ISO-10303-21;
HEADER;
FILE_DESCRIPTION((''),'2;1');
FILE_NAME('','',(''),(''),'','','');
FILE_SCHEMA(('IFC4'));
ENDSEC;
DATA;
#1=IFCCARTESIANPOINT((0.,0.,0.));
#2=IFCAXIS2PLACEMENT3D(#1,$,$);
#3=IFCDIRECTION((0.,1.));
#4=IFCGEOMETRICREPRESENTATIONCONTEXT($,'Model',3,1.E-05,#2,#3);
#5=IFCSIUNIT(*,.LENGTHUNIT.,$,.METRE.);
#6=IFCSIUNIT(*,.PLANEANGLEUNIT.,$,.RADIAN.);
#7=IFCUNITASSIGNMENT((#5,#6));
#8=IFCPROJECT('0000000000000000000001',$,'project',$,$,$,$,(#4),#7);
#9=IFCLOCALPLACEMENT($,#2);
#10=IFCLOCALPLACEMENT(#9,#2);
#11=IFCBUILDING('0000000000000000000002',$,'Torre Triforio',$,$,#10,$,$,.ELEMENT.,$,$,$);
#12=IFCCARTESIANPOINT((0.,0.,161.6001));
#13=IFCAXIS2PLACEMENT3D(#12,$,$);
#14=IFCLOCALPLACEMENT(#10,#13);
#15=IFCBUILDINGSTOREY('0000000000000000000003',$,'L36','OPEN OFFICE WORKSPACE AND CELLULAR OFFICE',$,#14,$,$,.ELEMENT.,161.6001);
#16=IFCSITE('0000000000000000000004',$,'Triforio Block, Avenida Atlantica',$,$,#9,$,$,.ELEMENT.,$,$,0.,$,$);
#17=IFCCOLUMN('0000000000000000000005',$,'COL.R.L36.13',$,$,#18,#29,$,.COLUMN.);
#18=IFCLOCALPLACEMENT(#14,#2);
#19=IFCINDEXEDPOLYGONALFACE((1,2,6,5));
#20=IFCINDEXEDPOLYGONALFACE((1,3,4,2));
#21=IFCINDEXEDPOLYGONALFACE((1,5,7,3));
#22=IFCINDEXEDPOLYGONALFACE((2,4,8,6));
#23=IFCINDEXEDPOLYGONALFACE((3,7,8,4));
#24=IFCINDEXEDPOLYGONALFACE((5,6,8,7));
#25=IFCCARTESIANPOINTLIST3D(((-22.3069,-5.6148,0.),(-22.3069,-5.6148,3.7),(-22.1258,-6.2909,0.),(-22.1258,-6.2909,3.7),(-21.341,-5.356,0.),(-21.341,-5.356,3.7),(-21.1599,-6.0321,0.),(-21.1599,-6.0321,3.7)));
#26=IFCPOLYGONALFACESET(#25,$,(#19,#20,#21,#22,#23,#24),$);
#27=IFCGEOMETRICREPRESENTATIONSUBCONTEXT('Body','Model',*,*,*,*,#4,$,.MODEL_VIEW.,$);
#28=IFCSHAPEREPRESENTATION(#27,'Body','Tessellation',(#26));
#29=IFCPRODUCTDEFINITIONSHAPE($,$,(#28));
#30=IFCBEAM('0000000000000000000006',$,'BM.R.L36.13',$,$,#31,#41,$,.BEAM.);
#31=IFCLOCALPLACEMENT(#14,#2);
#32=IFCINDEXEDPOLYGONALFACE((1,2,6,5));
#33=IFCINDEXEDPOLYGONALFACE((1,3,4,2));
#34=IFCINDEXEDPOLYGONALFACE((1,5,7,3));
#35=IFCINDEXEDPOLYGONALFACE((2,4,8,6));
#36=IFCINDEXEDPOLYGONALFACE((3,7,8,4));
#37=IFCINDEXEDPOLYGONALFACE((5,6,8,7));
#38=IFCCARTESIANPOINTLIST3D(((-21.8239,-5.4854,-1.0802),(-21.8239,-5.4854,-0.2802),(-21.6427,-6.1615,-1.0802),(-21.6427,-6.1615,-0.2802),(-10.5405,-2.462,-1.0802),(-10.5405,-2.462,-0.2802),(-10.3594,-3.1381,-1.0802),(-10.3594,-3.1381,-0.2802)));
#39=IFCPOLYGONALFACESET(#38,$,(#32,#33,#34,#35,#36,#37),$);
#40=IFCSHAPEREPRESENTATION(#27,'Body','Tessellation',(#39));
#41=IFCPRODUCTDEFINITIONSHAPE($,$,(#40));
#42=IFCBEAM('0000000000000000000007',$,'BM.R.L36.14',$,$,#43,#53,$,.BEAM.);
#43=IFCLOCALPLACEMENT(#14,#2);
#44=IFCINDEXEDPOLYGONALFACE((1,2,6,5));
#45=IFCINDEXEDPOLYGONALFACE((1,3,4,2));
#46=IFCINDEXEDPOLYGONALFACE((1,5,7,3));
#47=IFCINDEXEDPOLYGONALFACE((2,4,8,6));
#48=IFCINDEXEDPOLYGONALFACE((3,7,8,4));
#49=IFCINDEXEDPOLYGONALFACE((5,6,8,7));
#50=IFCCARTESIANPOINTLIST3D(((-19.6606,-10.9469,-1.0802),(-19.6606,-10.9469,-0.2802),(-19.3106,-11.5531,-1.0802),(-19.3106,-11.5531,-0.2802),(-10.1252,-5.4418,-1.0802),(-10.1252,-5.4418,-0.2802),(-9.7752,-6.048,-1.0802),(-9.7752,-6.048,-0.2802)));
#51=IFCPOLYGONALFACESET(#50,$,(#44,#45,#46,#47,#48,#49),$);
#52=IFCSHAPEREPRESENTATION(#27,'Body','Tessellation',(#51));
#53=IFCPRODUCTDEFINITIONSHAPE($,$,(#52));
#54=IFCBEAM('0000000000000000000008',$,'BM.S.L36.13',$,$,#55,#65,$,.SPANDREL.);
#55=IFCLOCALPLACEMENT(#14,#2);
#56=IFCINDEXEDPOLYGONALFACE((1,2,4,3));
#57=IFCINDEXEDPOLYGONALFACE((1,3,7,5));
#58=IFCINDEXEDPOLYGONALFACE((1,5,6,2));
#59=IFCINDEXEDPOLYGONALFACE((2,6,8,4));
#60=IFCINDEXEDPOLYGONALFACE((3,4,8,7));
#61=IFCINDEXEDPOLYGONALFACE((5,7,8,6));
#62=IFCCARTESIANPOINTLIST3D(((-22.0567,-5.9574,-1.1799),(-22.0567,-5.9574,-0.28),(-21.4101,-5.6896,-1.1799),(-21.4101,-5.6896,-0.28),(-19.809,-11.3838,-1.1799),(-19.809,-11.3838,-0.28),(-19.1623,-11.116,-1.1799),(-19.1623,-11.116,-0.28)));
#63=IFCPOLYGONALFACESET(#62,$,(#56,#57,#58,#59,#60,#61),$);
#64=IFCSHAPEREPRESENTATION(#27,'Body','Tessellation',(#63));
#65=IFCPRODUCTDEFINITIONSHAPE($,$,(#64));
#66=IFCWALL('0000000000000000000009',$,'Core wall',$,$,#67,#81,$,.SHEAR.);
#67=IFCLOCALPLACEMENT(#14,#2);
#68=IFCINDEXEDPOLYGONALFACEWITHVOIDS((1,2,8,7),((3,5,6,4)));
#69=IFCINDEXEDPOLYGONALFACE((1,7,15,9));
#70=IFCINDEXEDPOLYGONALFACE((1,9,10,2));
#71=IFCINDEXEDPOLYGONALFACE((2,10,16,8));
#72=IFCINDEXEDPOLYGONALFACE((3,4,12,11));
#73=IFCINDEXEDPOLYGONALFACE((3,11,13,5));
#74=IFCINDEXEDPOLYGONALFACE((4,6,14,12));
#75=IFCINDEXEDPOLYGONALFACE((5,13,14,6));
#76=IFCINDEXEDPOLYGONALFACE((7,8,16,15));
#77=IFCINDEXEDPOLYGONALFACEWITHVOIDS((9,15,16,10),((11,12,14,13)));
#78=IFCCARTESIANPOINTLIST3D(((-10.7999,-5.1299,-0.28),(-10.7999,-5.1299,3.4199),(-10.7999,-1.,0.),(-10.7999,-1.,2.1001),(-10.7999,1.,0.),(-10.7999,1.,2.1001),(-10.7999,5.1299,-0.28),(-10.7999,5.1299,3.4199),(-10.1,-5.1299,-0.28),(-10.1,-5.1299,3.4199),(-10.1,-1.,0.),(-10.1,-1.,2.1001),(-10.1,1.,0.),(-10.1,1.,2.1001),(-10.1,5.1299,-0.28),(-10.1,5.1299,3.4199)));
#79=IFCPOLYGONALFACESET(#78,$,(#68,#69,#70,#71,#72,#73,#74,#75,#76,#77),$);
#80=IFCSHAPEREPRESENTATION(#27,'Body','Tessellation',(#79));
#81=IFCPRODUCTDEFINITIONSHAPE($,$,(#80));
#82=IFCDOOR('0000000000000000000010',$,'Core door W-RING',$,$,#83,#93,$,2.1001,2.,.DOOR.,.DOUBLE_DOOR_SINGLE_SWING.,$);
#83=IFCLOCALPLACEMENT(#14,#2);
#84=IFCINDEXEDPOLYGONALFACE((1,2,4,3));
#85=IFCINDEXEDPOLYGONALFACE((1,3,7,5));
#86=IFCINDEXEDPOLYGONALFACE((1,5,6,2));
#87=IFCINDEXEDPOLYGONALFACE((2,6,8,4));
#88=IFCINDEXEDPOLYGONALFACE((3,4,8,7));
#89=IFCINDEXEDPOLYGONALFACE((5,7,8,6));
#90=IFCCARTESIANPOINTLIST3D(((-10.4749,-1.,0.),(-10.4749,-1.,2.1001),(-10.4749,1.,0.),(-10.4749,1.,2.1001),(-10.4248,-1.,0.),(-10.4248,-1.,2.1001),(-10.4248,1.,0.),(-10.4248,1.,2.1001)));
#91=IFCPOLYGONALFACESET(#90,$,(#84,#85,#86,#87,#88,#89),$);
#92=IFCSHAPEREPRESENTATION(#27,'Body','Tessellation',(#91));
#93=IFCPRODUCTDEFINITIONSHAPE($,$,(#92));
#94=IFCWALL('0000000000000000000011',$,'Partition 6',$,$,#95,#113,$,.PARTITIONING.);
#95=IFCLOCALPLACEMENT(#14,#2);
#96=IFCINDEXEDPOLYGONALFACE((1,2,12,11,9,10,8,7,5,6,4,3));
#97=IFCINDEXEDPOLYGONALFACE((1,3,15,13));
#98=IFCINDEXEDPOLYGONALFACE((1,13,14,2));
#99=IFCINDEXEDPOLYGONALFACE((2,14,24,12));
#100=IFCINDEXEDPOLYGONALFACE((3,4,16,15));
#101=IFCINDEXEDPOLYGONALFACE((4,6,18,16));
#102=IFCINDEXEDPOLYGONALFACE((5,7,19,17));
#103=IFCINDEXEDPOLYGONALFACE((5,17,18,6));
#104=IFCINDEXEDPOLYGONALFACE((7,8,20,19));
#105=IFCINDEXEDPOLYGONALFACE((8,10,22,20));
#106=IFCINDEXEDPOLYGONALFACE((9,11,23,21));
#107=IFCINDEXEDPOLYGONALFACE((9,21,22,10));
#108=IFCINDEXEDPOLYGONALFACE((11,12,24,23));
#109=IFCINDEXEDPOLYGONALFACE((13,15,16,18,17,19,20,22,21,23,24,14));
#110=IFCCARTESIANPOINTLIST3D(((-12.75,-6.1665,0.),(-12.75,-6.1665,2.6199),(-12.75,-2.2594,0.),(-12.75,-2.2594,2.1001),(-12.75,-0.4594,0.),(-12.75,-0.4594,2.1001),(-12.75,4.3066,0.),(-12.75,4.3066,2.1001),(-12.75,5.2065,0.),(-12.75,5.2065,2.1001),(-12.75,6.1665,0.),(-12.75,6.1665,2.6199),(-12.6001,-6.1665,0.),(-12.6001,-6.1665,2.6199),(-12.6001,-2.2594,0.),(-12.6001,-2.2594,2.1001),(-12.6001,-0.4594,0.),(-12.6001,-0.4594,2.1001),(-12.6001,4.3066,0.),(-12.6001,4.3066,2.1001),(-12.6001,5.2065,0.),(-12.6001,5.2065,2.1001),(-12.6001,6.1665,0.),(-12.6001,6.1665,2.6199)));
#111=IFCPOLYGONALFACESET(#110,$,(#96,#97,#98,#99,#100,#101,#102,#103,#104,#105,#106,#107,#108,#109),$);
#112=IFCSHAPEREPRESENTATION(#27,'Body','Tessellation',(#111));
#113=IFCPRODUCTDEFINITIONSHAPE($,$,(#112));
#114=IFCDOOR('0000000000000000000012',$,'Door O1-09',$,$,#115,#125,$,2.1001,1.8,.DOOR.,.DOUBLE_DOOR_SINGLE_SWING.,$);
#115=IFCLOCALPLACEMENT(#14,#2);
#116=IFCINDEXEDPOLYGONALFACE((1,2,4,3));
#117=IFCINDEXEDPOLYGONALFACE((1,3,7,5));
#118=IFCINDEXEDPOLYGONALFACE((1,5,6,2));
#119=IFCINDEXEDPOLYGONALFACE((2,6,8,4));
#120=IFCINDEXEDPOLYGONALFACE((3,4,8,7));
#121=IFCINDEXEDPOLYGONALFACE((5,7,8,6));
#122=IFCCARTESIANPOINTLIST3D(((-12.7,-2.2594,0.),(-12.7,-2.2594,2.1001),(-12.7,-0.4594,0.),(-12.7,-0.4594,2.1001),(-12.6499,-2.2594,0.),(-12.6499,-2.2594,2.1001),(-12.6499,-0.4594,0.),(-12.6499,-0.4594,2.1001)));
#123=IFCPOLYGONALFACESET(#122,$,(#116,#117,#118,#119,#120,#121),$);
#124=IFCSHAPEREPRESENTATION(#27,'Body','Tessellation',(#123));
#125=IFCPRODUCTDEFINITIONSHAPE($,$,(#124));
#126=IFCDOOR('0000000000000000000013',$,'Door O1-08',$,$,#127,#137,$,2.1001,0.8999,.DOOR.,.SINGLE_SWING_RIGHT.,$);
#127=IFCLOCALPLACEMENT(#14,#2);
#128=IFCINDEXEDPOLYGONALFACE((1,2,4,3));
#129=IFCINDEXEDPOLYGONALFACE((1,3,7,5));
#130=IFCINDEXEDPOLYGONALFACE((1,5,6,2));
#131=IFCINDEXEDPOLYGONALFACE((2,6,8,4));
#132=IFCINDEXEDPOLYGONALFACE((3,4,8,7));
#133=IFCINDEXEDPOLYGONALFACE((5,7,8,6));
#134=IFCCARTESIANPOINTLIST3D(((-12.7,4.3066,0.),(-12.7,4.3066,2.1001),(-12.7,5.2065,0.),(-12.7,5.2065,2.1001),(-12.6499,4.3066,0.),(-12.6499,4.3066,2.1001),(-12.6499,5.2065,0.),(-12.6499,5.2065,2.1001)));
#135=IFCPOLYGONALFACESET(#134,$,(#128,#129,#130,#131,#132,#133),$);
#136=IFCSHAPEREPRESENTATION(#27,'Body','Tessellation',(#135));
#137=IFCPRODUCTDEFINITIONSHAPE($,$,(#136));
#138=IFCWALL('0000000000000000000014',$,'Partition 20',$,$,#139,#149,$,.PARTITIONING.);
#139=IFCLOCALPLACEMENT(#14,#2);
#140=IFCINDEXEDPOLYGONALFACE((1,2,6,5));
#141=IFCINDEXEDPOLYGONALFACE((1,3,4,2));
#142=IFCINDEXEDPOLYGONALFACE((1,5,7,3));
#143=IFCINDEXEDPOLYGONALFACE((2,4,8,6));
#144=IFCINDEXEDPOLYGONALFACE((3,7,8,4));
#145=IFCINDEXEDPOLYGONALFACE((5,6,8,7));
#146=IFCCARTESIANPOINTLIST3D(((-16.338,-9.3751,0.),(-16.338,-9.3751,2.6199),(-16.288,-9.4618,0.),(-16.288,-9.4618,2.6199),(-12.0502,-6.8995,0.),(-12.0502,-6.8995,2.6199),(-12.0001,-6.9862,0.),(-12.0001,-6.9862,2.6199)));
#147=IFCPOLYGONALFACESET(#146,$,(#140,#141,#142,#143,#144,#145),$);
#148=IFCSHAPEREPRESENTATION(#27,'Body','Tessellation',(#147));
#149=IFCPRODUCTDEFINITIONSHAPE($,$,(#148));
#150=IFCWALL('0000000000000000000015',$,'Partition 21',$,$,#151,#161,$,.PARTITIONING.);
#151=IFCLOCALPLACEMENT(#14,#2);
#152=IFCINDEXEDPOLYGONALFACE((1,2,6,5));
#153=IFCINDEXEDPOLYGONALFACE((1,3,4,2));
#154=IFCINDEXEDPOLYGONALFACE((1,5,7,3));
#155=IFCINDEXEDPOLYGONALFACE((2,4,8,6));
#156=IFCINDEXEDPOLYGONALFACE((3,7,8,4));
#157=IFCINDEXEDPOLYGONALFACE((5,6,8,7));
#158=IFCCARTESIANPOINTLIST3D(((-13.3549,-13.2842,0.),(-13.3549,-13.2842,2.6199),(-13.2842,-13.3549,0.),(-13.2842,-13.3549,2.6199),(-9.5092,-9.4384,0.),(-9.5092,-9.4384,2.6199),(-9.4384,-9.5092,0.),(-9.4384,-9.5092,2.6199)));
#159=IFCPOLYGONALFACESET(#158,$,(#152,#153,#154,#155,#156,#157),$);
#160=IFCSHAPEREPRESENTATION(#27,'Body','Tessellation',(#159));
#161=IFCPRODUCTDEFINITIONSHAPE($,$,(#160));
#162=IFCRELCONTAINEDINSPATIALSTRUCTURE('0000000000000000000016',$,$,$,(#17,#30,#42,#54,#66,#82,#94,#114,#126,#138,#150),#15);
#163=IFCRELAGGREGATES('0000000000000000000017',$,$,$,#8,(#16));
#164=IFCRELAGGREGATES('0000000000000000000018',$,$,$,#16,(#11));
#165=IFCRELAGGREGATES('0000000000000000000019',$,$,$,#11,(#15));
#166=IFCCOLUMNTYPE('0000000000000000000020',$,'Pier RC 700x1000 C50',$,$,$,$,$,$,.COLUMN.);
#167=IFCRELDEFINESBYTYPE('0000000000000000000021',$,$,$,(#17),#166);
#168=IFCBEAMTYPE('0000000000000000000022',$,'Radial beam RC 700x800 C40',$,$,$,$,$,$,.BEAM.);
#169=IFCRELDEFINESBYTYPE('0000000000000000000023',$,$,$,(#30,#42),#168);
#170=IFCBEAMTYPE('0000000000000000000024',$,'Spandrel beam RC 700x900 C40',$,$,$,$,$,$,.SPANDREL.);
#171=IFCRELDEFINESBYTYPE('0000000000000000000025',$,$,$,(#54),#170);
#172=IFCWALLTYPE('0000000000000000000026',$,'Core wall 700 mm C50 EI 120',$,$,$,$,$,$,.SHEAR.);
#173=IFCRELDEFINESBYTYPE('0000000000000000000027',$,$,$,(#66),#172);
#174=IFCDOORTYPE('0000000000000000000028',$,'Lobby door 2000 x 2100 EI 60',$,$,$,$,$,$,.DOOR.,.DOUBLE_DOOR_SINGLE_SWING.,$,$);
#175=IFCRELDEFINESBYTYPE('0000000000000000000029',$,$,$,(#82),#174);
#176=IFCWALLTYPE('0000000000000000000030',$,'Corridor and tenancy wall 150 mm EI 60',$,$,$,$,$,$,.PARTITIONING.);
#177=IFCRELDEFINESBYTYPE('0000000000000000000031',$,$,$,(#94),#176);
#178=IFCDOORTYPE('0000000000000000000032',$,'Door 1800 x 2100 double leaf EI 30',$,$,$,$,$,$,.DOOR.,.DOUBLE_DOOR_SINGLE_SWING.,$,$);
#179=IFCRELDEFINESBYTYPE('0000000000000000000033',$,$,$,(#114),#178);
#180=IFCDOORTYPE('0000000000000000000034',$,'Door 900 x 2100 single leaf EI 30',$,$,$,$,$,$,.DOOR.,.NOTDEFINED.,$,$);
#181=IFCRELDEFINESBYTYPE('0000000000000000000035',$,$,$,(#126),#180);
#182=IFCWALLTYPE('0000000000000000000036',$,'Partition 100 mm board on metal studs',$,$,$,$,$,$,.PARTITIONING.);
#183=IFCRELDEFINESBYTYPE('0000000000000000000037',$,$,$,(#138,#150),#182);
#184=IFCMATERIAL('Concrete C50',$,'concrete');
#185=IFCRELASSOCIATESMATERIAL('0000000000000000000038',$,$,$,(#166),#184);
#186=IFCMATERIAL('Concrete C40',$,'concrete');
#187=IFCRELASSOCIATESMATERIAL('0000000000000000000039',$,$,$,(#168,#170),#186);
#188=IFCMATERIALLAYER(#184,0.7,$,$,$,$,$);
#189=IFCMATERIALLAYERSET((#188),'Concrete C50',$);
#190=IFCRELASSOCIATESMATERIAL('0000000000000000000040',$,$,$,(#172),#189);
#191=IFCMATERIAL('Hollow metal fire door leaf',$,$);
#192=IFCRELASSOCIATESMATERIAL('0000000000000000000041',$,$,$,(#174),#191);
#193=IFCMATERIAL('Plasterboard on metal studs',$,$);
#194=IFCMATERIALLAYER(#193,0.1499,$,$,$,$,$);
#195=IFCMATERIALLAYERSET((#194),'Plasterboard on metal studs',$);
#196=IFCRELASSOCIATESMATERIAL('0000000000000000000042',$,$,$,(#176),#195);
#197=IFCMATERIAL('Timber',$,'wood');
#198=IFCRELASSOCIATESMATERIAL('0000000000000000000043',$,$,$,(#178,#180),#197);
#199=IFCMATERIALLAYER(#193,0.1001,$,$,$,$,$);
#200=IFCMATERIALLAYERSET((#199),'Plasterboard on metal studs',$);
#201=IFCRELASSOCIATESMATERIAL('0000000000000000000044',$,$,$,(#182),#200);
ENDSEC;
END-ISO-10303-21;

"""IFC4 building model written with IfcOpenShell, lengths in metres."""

from ifc_helpers import new_model, si_unit, direction, frame, frame_2d, origin, origin_2d, place, context, subcontext, project, spatial, rectangle, extrude, material, layer, layer_set, material_profile, profile_set, type_object, element, fill, save


model = new_model("IFC4")

# Units and contexts
model_context = context("Model", 3, precision=1e-05, world=origin(), true_north=direction((0.0, 1.0)))
body_context = subcontext(model_context, "Body", "Model", "MODEL_VIEW")
ifc_project = project(units=[si_unit("LENGTHUNIT", "METRE"), si_unit("PLANEANGLEUNIT", "RADIAN")], contexts=[model_context])

# Site, building, storey
site_placement = place(None, origin())
site = spatial("IfcSite", under=ifc_project, at=site_placement, Name="Triforio Block, Avenida Atlantica", CompositionType="ELEMENT", RefElevation=0.0)
building_placement = place(site_placement, origin())
building = spatial("IfcBuilding", under=site, at=building_placement, Name="Torre Triforio", CompositionType="ELEMENT")
storey_placement = place(building_placement, frame((0.0, 0.0, 161.6001)))
storey = spatial("IfcBuildingStorey", under=building, at=storey_placement, Name="L36", Description="OPEN OFFICE WORKSPACE AND CELLULAR OFFICE", CompositionType="ELEMENT", Elevation=161.6001)

# Column
ifc_material_1 = material(Name="Concrete C50", Category="concrete")
ifc_material_profile_1 = material_profile(ifc_material_1, rectangle(XDim=0.7, YDim=1.0, at=origin_2d()), Name="RC 700x1000")
ifc_profile_set_1 = profile_set([ifc_material_profile_1], Name="Concrete C50")
column_type = type_object("IfcColumnType", Name="Pier RC 700x1000 C50", PredefinedType="COLUMN", material=ifc_profile_set_1)
column_placement = place(storey_placement, frame((-21.7334, -5.8235, 0.0), z_axis=(0.0, 0.0, 1.0), x_axis=(0.258819, -0.965926, 0.0)))
element("IfcColumn", 1, at=column_placement, inside=storey, type_object=column_type, Name="COL.R.L36.13", PredefinedType="COLUMN", context=body_context, shape_type="SweptSolid", body=[
    extrude(rectangle(XDim=0.7, YDim=1.0, at=origin_2d()), origin(), (0.0, 0.0, 1.0), 3.7),
])

# Beams
ifc_material_2 = material(Name="Concrete C40", Category="concrete")
ifc_material_profile_2 = material_profile(ifc_material_2, rectangle(XDim=0.7, YDim=0.8, at=origin_2d()), Name="RC 700x800")
ifc_profile_set_2 = profile_set([ifc_material_profile_2], Name="Concrete C40")
beam_type_1 = type_object("IfcBeamType", Name="Radial beam RC 700x800 C40", PredefinedType="BEAM", material=ifc_profile_set_2)
beam_1_placement = place(storey_placement, frame((-10.45, -2.8, -0.6802), z_axis=(-0.965925, -0.258823, 0.0), x_axis=(0.258823, -0.965925, 0.0)))
element("IfcBeam", 2, at=beam_1_placement, inside=storey, type_object=beam_type_1, Name="BM.R.L36.13", PredefinedType="BEAM", context=body_context, shape_type="SweptSolid", body=[
    extrude(rectangle(XDim=0.7, YDim=0.8, at=origin_2d()), origin(), (0.0, 0.0, 1.0), 11.6814),
])
beam_2_placement = place(storey_placement, frame((-9.9502, -5.7449, -0.6802), z_axis=(-0.866031, -0.499991, 0.0), x_axis=(0.499991, -0.866031, 0.0)))
element("IfcBeam", 3, at=beam_2_placement, inside=storey, type_object=beam_type_1, Name="BM.R.L36.14", PredefinedType="BEAM", context=body_context, shape_type="SweptSolid", body=[
    extrude(rectangle(XDim=0.7, YDim=0.8, at=origin_2d()), origin(), (0.0, 0.0, 1.0), 11.0105),
])
ifc_material_profile_3 = material_profile(ifc_material_2, rectangle(XDim=0.7, YDim=0.8999, at=origin_2d()), Name="RC 700x900")
ifc_profile_set_3 = profile_set([ifc_material_profile_3], Name="Concrete C40")
beam_type_2 = type_object("IfcBeamType", Name="Spandrel beam RC 700x900 C40", PredefinedType="SPANDREL", material=ifc_profile_set_3)
beam_3_placement = place(storey_placement, frame((-21.7334, -5.8235, -0.73), z_axis=(0.382693, -0.923875, 0.0), x_axis=(0.923875, 0.382693, 0.0)))
element("IfcBeam", 4, at=beam_3_placement, inside=storey, type_object=beam_type_2, Name="BM.S.L36.13", PredefinedType="SPANDREL", context=body_context, shape_type="SweptSolid", body=[
    extrude(rectangle(XDim=0.7, YDim=0.8999, at=origin_2d()), origin(), (0.0, 0.0, 1.0), 5.8735),
])

# Wall, opening, door
ifc_layer_1 = layer(ifc_material_1, 0.7)
ifc_layer_set_1 = layer_set([ifc_layer_1], Name="Concrete C50")
wall_type_1 = type_object("IfcWallType", Name="Core wall 700 mm C50 EI 120", PredefinedType="SHEAR", material=ifc_layer_set_1)
wall_1_placement = place(storey_placement, frame((-10.45, -5.1299, -0.28), z_axis=(0.0, 0.0, 1.0), x_axis=(0.0, 1.0, 0.0)))
wall_1 = element("IfcWall", 5, at=wall_1_placement, inside=storey, type_object=wall_type_1, Name="Core wall", PredefinedType="SHEAR", context=body_context, shape_type="SweptSolid", body=[
    extrude(rectangle(XDim=10.2598, YDim=0.7, at=frame_2d((5.1299, 0.0))), origin(), (0.0, 0.0, 1.0), 3.7),
])
opening_1_placement = place(wall_1_placement, frame((4.1299, 0.0, 0.28)))
opening_1 = element("IfcOpeningElement", 6, at=opening_1_placement, cuts=wall_1, PredefinedType="OPENING", context=body_context, shape_type="SweptSolid", body=[
    extrude(rectangle(XDim=2.0, YDim=2.1001, at=frame_2d((1.0, 1.05))), frame((0.0, 0.3599, 0.0), z_axis=(0.0, -1.0, 0.0), x_axis=(1.0, 0.0, 0.0)), (0.0, 0.0, 1.0), 0.72),
])
ifc_material_3 = material(Name="Hollow metal fire door leaf")
door_type_1 = type_object("IfcDoorType", Name="Lobby door 2000 x 2100 EI 60", OperationType="DOUBLE_DOOR_SINGLE_SWING", PredefinedType="DOOR", material=ifc_material_3)
door_1_placement = place(opening_1_placement, origin())
door_1 = element("IfcDoor", 7, at=door_1_placement, inside=storey, type_object=door_type_1, Name="Core door W-RING", OperationType="DOUBLE_DOOR_SINGLE_SWING", OverallHeight=2.1001, OverallWidth=2.0, PredefinedType="DOOR", context=body_context, shape_type="SweptSolid", body=[
    extrude(rectangle(XDim=2.0, YDim=2.1001, at=frame_2d((1.0, 1.05))), frame((0.0, 0.0249, 0.0), z_axis=(0.0, -1.0, 0.0), x_axis=(1.0, 0.0, 0.0)), (0.0, 0.0, 1.0), 0.05),
])
fill(opening_1, door_1)

# Wall, openings, doors
ifc_material_4 = material(Name="Plasterboard on metal studs")
ifc_layer_2 = layer(ifc_material_4, 0.1499)
ifc_layer_set_2 = layer_set([ifc_layer_2], Name="Plasterboard on metal studs")
wall_type_2 = type_object("IfcWallType", Name="Corridor and tenancy wall 150 mm EI 60", PredefinedType="PARTITIONING", material=ifc_layer_set_2)
wall_2_placement = place(storey_placement, frame((-12.675, -6.1665, 0.0), z_axis=(0.0, 0.0, 1.0), x_axis=(0.0, 1.0, 0.0)))
wall_2 = element("IfcWall", 8, at=wall_2_placement, inside=storey, type_object=wall_type_2, Name="Partition 6", PredefinedType="PARTITIONING", context=body_context, shape_type="SweptSolid", body=[
    extrude(rectangle(XDim=12.333, YDim=0.1499, at=frame_2d((6.1665, 0.0))), origin(), (0.0, 0.0, 1.0), 2.6199),
])
opening_2_placement = place(wall_2_placement, frame((10.4731, 0.0, 0.0)))
opening_2 = element("IfcOpeningElement", 9, at=opening_2_placement, cuts=wall_2, PredefinedType="OPENING", context=body_context, shape_type="SweptSolid", body=[
    extrude(rectangle(XDim=0.8999, YDim=2.1001, at=frame_2d((0.45, 1.05))), frame((0.0, 0.085, 0.0), z_axis=(0.0, -1.0, 0.0), x_axis=(1.0, 0.0, 0.0)), (0.0, 0.0, 1.0), 0.1699),
])
opening_3_placement = place(wall_2_placement, frame((3.9072, 0.0, 0.0)))
opening_3 = element("IfcOpeningElement", 10, at=opening_3_placement, cuts=wall_2, PredefinedType="OPENING", context=body_context, shape_type="SweptSolid", body=[
    extrude(rectangle(XDim=1.8, YDim=2.1001, at=frame_2d((0.8999, 1.05))), frame((0.0, 0.085, 0.0), z_axis=(0.0, -1.0, 0.0), x_axis=(1.0, 0.0, 0.0)), (0.0, 0.0, 1.0), 0.1699),
])
ifc_material_5 = material(Name="Timber", Category="wood")
door_type_2 = type_object("IfcDoorType", Name="Door 1800 x 2100 double leaf EI 30", OperationType="DOUBLE_DOOR_SINGLE_SWING", PredefinedType="DOOR", material=ifc_material_5)
door_2_placement = place(opening_3_placement, origin())
door_2 = element("IfcDoor", 11, at=door_2_placement, inside=storey, type_object=door_type_2, Name="Door O1-09", OperationType="DOUBLE_DOOR_SINGLE_SWING", OverallHeight=2.1001, OverallWidth=1.8, PredefinedType="DOOR", context=body_context, shape_type="SweptSolid", body=[
    extrude(rectangle(XDim=1.8, YDim=2.1001, at=frame_2d((0.8999, 1.05))), frame((0.0, 0.0249, 0.0), z_axis=(0.0, -1.0, 0.0), x_axis=(1.0, 0.0, 0.0)), (0.0, 0.0, 1.0), 0.05),
])
fill(opening_3, door_2)
door_type_3 = type_object("IfcDoorType", Name="Door 900 x 2100 single leaf EI 30", OperationType="NOTDEFINED", PredefinedType="DOOR", material=ifc_material_5)
door_3_placement = place(opening_2_placement, origin())
door_3 = element("IfcDoor", 12, at=door_3_placement, inside=storey, type_object=door_type_3, Name="Door O1-08", OperationType="SINGLE_SWING_RIGHT", OverallHeight=2.1001, OverallWidth=0.8999, PredefinedType="DOOR", context=body_context, shape_type="SweptSolid", body=[
    extrude(rectangle(XDim=0.8999, YDim=2.1001, at=frame_2d((0.45, 1.05))), frame((0.0, 0.0249, 0.0), z_axis=(0.0, -1.0, 0.0), x_axis=(1.0, 0.0, 0.0)), (0.0, 0.0, 1.0), 0.05),
])
fill(opening_2, door_3)

# Walls
ifc_layer_3 = layer(ifc_material_4, 0.1001)
ifc_layer_set_3 = layer_set([ifc_layer_3], Name="Plasterboard on metal studs")
wall_type_3 = type_object("IfcWallType", Name="Partition 100 mm board on metal studs", PredefinedType="PARTITIONING", material=ifc_layer_set_3)
wall_3_placement = place(storey_placement, frame((-12.0251, -6.9429, 0.0), z_axis=(0.0, 0.0, 1.0), x_axis=(-0.866025, -0.5, 0.0)))
element("IfcWall", 13, at=wall_3_placement, inside=storey, type_object=wall_type_3, Name="Partition 20", PredefinedType="PARTITIONING", context=body_context, shape_type="SweptSolid", body=[
    extrude(rectangle(XDim=4.9512, YDim=0.1001, at=frame_2d((2.4756, 0.0))), origin(), (0.0, 0.0, 1.0), 2.6199),
])
wall_4_placement = place(storey_placement, frame((-9.4739, -9.4739, 0.0), z_axis=(0.0, 0.0, 1.0), x_axis=(-0.707107, -0.707107, 0.0)))
element("IfcWall", 14, at=wall_4_placement, inside=storey, type_object=wall_type_3, Name="Partition 21", PredefinedType="PARTITIONING", context=body_context, shape_type="SweptSolid", body=[
    extrude(rectangle(XDim=5.4387, YDim=0.1001, at=frame_2d((2.7192, 0.0))), origin(), (0.0, 0.0, 1.0), 2.6199),
])

save(model, "model.ifc")
